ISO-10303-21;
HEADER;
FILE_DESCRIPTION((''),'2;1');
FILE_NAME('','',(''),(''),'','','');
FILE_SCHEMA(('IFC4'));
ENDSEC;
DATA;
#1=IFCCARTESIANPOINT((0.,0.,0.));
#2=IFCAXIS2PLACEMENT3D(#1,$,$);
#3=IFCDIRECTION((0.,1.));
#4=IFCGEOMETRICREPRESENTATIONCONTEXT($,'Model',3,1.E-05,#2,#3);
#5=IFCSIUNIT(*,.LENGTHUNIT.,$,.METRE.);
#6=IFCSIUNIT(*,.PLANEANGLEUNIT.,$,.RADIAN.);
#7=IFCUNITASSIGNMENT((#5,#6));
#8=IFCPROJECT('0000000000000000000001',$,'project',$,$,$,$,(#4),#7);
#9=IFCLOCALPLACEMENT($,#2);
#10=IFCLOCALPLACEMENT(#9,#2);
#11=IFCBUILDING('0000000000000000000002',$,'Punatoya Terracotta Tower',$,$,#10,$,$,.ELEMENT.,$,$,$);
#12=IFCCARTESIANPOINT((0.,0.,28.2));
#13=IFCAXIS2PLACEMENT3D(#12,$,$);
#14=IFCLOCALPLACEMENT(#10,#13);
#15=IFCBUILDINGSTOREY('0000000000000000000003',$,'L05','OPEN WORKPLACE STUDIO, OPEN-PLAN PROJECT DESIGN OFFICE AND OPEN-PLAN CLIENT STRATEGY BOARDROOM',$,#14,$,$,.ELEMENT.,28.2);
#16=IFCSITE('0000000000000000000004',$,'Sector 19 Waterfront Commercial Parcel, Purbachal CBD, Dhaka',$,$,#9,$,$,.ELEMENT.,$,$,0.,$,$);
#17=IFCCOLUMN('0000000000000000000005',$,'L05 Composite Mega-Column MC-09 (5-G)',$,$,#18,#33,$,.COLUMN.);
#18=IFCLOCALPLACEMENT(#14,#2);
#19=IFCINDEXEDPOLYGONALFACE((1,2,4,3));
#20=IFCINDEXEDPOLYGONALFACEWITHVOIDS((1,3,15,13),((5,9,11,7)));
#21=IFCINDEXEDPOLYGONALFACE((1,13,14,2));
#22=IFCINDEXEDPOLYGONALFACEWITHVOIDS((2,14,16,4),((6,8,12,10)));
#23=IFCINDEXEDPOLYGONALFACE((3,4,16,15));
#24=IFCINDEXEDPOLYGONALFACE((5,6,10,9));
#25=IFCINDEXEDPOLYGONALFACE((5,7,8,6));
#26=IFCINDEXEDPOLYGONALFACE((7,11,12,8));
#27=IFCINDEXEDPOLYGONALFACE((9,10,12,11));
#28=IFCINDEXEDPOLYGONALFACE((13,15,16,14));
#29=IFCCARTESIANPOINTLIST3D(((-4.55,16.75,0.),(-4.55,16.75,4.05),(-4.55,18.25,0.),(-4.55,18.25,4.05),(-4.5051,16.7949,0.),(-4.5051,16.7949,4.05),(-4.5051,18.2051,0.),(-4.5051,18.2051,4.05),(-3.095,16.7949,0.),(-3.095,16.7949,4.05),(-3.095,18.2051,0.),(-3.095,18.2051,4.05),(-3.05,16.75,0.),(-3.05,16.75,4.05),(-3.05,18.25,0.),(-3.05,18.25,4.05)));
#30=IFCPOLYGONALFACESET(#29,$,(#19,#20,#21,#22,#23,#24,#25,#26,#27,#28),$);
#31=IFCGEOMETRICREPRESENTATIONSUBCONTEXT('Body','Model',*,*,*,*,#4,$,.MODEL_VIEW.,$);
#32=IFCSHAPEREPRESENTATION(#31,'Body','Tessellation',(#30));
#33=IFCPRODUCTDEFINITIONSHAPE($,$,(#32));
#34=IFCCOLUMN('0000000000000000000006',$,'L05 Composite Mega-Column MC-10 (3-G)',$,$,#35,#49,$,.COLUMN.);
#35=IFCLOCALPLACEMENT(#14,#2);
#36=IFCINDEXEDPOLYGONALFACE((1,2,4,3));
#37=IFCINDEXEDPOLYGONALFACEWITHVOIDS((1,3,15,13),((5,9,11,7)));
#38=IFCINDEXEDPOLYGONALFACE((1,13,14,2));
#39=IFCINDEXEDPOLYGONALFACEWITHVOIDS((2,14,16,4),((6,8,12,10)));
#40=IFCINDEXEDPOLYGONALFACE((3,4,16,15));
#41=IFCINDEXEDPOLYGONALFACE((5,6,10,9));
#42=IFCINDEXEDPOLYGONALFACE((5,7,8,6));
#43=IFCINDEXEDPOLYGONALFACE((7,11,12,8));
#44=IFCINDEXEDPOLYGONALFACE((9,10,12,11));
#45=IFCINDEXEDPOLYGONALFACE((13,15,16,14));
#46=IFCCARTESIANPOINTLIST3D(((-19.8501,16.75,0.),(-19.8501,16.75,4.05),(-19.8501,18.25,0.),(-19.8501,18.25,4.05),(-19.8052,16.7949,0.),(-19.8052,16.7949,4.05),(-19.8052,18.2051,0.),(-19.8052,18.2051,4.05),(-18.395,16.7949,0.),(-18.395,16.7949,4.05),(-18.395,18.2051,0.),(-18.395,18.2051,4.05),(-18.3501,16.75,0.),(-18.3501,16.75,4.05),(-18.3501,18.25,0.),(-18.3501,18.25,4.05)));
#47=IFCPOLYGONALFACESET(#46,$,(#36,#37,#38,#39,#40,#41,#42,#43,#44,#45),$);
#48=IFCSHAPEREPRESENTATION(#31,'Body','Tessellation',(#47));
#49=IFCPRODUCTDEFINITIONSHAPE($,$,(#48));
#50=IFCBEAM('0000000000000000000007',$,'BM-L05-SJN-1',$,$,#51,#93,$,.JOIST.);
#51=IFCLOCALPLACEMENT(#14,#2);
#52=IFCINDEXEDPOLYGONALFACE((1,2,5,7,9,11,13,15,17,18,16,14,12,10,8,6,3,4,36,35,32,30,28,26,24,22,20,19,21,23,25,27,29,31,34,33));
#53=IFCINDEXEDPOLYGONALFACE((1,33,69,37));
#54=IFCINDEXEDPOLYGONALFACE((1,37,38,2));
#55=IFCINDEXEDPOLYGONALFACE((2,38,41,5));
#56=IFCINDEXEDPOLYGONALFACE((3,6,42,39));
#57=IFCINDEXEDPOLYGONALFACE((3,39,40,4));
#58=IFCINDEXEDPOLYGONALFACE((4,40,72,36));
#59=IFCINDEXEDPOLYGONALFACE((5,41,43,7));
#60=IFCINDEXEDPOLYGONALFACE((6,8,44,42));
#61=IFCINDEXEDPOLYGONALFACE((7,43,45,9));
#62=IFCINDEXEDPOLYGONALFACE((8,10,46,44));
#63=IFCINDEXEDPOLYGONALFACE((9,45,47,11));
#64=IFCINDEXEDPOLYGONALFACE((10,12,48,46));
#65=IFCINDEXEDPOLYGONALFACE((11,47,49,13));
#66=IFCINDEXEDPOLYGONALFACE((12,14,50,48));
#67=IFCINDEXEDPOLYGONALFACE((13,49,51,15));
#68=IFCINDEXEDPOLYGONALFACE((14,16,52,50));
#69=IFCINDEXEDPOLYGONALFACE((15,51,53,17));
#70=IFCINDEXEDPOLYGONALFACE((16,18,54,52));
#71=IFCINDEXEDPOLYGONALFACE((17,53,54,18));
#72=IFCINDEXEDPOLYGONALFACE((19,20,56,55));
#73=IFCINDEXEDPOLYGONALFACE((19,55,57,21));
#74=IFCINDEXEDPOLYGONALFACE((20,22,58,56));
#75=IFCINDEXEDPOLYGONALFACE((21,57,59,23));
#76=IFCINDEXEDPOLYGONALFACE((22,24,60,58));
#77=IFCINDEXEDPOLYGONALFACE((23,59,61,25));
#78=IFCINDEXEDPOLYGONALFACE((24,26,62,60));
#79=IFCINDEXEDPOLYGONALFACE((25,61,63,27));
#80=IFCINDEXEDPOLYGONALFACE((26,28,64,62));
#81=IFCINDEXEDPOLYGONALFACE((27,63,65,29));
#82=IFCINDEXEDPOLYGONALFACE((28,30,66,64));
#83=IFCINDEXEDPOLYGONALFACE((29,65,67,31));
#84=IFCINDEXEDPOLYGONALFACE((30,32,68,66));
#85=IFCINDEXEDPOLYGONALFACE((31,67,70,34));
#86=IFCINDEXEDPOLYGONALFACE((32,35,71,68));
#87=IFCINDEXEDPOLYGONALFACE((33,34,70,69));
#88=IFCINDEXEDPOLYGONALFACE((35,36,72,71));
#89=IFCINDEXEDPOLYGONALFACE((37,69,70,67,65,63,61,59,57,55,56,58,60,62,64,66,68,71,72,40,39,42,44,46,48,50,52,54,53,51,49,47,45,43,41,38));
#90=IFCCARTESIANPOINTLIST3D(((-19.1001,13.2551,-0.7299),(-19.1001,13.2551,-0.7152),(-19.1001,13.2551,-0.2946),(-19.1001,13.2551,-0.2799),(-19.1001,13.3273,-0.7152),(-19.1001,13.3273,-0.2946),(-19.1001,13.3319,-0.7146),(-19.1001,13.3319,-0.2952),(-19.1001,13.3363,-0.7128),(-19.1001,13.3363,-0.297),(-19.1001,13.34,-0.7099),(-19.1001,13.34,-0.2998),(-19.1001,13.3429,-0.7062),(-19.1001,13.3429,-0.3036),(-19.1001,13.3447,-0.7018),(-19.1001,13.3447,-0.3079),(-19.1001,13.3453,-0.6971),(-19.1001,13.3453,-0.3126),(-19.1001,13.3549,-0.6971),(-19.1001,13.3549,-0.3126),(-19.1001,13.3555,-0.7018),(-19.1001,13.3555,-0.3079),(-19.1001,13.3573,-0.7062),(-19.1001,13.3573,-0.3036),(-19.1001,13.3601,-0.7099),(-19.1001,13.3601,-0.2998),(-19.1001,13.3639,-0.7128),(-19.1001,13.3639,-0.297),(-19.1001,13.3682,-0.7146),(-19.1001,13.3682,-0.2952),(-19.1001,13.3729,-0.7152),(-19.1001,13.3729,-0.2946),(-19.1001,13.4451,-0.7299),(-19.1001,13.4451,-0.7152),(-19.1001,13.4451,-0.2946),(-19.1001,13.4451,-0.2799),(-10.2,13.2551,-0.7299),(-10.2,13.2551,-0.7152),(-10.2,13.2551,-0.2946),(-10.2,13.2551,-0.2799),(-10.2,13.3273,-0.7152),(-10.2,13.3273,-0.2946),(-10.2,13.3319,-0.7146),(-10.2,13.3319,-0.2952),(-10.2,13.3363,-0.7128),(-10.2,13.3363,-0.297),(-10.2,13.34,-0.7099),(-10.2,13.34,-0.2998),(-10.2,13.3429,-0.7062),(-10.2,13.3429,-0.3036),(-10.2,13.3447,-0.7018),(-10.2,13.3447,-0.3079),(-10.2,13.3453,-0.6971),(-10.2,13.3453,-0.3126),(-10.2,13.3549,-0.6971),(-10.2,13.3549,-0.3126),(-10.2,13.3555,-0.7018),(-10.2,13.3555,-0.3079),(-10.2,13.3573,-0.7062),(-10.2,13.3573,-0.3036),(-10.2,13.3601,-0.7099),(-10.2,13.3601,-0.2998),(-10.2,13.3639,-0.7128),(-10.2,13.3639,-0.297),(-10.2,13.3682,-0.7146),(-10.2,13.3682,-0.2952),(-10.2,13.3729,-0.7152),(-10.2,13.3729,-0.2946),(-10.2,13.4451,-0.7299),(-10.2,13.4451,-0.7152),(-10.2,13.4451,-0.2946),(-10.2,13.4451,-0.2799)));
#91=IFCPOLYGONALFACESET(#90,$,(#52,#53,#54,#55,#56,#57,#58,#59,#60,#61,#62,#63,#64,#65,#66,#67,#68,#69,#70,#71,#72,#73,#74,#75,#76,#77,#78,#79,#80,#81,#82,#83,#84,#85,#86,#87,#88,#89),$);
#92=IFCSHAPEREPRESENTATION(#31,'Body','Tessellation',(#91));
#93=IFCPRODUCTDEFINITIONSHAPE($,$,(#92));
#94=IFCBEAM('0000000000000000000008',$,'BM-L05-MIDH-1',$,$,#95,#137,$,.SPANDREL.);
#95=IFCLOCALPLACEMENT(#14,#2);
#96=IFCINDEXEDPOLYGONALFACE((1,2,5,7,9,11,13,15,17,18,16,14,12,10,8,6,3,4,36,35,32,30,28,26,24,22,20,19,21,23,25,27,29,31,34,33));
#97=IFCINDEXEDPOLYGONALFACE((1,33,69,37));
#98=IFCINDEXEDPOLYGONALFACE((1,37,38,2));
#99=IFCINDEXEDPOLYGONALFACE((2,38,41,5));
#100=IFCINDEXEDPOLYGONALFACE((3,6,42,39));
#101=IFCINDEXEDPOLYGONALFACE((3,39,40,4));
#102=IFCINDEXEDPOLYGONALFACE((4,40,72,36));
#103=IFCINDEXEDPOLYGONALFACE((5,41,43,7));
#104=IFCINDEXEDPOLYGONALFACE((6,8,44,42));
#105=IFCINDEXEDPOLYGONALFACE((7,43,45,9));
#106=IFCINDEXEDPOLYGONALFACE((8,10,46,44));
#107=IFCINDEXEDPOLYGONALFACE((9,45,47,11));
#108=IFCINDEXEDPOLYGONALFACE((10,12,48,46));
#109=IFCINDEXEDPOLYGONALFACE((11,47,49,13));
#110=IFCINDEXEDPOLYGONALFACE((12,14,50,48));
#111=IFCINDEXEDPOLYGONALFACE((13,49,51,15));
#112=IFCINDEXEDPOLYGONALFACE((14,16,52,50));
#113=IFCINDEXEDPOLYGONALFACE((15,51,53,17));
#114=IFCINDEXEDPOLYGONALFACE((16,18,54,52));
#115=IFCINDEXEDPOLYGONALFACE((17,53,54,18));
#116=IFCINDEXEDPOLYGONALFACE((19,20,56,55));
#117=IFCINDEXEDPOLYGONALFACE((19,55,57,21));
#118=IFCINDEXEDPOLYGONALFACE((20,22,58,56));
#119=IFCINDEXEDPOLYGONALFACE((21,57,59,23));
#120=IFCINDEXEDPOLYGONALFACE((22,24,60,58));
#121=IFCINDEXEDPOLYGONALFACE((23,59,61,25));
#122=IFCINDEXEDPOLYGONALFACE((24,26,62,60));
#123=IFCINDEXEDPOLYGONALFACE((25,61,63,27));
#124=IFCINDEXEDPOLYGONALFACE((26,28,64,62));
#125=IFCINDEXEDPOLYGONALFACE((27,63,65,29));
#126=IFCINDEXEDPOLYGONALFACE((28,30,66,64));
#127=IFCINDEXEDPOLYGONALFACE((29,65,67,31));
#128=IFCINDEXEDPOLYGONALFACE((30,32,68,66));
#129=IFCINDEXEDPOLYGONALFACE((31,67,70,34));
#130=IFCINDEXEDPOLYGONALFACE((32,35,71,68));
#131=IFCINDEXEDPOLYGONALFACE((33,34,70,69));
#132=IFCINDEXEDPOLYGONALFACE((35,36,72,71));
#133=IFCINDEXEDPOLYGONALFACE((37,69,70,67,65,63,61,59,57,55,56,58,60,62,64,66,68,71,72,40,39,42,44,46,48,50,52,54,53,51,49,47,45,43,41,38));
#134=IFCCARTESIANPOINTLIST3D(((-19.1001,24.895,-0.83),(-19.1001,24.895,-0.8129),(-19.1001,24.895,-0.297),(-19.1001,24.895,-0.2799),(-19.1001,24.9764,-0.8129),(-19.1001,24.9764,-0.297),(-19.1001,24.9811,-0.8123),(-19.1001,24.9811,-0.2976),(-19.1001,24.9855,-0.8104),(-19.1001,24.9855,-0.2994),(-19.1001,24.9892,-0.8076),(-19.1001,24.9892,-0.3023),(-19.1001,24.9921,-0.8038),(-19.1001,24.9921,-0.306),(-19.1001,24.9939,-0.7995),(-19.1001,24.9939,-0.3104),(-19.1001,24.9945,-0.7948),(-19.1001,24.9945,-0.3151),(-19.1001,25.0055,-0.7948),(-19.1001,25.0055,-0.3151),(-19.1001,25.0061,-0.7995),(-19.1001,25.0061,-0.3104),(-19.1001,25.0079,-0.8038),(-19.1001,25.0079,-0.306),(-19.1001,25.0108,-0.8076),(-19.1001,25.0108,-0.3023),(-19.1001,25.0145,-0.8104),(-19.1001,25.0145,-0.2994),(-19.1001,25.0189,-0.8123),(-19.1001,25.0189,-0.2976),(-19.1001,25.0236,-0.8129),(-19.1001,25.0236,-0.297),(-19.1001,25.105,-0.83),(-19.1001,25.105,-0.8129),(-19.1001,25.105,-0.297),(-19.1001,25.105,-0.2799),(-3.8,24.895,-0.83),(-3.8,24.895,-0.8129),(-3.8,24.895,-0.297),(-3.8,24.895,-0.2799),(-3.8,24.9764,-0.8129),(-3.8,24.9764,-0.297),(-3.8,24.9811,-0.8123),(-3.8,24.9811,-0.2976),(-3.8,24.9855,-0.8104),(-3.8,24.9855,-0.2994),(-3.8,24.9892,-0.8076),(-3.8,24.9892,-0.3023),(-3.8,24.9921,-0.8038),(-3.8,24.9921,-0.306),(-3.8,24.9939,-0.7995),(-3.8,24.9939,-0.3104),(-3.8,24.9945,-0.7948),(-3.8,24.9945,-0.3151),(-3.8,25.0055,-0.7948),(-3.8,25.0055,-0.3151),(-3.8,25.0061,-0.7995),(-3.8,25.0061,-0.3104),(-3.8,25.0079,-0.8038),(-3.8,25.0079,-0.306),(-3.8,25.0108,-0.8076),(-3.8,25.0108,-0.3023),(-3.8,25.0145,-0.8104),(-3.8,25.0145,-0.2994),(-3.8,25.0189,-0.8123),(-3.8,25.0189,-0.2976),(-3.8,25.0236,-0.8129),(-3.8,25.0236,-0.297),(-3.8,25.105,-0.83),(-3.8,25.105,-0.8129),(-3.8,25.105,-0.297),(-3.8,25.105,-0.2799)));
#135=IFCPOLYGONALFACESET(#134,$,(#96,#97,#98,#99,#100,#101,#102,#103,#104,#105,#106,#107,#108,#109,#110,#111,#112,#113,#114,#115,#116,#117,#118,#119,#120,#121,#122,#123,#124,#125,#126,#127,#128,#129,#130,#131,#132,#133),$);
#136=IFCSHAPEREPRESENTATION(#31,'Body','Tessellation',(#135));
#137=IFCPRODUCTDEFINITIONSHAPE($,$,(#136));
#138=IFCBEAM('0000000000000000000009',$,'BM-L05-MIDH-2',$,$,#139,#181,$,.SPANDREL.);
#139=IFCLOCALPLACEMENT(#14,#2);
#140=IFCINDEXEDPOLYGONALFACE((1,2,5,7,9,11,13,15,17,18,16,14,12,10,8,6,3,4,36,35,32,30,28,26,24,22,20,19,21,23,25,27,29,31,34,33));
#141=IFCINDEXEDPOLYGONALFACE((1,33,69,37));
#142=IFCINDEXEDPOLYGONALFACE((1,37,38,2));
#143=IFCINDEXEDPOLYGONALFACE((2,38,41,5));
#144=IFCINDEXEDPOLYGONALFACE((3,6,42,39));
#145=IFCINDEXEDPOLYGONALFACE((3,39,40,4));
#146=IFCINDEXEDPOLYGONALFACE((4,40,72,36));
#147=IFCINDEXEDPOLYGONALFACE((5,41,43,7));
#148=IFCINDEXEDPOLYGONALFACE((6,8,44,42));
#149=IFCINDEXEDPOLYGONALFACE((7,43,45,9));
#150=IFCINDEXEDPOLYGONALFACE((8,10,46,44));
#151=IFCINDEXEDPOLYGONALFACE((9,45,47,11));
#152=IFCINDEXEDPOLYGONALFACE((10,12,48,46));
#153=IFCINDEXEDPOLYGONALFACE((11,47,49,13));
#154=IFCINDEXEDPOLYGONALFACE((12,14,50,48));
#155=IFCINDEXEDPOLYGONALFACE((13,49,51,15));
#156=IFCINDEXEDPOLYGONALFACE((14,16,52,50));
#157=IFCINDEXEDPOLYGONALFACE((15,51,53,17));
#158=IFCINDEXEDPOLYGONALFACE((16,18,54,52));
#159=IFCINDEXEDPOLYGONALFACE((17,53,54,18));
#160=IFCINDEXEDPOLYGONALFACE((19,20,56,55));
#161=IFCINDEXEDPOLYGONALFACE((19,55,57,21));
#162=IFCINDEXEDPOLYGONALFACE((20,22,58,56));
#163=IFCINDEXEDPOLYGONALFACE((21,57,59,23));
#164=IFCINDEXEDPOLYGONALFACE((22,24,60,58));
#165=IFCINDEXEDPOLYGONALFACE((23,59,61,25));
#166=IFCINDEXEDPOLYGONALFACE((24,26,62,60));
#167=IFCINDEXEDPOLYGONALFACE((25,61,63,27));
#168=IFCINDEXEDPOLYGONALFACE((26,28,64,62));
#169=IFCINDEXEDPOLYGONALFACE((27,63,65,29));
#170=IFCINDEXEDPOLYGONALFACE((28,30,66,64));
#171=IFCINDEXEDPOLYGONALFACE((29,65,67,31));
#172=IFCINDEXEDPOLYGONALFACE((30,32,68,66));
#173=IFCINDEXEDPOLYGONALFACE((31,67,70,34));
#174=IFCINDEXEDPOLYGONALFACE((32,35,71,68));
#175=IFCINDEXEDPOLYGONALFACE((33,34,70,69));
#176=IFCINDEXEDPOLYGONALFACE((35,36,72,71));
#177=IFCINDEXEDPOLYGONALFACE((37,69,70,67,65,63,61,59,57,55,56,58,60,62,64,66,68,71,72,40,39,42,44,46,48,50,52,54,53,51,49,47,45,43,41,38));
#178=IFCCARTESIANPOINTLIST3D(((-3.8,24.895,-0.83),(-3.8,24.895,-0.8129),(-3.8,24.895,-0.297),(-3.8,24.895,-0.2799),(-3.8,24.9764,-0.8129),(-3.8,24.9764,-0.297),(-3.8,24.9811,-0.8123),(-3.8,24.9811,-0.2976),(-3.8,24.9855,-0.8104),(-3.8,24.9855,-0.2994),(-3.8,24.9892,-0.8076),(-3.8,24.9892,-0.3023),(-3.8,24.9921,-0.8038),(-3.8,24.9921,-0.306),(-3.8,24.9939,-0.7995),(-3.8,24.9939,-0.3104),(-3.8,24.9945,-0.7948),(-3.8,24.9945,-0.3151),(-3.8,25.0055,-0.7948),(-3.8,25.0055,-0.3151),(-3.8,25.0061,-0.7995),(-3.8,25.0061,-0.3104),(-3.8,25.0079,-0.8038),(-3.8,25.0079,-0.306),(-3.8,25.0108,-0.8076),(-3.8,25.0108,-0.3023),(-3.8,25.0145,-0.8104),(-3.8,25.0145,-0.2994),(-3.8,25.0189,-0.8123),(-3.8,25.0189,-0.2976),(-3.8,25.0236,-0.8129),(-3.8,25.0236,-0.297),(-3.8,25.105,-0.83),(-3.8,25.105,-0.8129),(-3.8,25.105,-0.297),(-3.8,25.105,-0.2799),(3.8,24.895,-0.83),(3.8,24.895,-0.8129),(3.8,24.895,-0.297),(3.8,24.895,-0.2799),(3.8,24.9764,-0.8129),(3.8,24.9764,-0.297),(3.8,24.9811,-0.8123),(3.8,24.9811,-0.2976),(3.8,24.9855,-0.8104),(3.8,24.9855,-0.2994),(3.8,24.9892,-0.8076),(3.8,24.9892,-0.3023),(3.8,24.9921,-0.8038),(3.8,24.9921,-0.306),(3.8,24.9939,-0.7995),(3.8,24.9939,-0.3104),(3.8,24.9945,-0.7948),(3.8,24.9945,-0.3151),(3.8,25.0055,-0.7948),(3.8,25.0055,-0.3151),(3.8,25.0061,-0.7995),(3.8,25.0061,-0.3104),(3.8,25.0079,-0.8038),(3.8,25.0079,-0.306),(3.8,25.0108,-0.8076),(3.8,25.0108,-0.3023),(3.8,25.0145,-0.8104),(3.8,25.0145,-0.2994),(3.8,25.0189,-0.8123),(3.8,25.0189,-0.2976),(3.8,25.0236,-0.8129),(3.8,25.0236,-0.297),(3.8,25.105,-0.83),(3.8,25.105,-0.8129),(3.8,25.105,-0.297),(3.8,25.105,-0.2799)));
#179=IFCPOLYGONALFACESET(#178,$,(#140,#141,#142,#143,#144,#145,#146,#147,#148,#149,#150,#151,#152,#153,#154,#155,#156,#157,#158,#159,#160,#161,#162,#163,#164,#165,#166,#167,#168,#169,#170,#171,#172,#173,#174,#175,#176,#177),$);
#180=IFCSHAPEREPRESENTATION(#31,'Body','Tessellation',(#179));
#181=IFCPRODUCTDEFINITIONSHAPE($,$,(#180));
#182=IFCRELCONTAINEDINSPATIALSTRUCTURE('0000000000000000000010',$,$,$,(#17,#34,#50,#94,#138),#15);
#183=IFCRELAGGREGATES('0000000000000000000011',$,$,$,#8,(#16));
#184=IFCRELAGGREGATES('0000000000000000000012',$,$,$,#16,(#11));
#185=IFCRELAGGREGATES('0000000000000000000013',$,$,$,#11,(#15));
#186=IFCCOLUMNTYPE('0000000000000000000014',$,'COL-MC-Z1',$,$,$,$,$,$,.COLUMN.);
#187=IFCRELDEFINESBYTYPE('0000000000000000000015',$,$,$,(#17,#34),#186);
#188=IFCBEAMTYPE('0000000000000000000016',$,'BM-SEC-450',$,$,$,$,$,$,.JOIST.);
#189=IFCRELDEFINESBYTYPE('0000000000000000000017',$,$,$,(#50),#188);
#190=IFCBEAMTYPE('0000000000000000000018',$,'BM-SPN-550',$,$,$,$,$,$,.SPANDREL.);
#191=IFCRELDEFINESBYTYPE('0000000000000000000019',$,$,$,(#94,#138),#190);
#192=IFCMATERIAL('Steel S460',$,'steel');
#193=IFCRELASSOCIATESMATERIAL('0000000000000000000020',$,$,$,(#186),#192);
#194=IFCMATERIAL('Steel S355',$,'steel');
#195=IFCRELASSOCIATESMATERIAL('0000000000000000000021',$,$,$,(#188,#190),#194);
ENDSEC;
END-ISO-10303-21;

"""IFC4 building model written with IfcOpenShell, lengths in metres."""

from ifc_helpers import new_model, si_unit, direction, frame, origin, origin_2d, place, context, subcontext, project, spatial, hollow_rectangle, i_section, extrude, material, material_profile, profile_set, type_object, element, save


model = new_model("IFC4")

# Units and contexts
model_context = context("Model", 3, precision=1e-05, world=origin(), true_north=direction((0.0, 1.0)))
body_context = subcontext(model_context, "Body", "Model", "MODEL_VIEW")
ifc_project = project(units=[si_unit("LENGTHUNIT", "METRE"), si_unit("PLANEANGLEUNIT", "RADIAN")], contexts=[model_context])

# Site, building, storey
site_placement = place(None, origin())
site = spatial("IfcSite", under=ifc_project, at=site_placement, Name="Sector 19 Waterfront Commercial Parcel, Purbachal CBD, Dhaka", CompositionType="ELEMENT", RefElevation=0.0)
building_placement = place(site_placement, origin())
building = spatial("IfcBuilding", under=site, at=building_placement, Name="Punatoya Terracotta Tower", CompositionType="ELEMENT")
storey_placement = place(building_placement, frame((0.0, 0.0, 28.2)))
storey = spatial("IfcBuildingStorey", under=building, at=storey_placement, Name="L05", Description="OPEN WORKPLACE STUDIO, OPEN-PLAN PROJECT DESIGN OFFICE AND OPEN-PLAN CLIENT STRATEGY BOARDROOM", CompositionType="ELEMENT", Elevation=28.2)

# Columns
ifc_material_1 = material(Name="Steel S460", Category="steel")
ifc_material_profile_1 = material_profile(ifc_material_1, hollow_rectangle(XDim=1.5, YDim=1.5, WallThickness=0.0449, at=origin_2d()))
ifc_profile_set_1 = profile_set([ifc_material_profile_1], Name="Steel S460")
column_type = type_object("IfcColumnType", Name="COL-MC-Z1", PredefinedType="COLUMN", material=ifc_profile_set_1)
for number, where, z_axis, x_axis, name in (
    (1, (-3.8, 17.5, 0.0), (0.0, 0.0, 1.0), (1.0, 0.0, 0.0), "L05 Composite Mega-Column MC-09 (5-G)"),
    (2, (-19.1001, 17.5, 0.0), (0.0, 0.0, 1.0), (1.0, 0.0, 0.0), "L05 Composite Mega-Column MC-10 (3-G)"),
):
    element("IfcColumn", number, at=place(storey_placement, frame(where, z_axis=z_axis, x_axis=x_axis)), inside=storey, type_object=column_type, Name=name, PredefinedType="COLUMN", context=body_context, shape_type="SweptSolid", body=[
        extrude(hollow_rectangle(XDim=1.5, YDim=1.5, WallThickness=0.0449, at=origin_2d()), origin(), (0.0, 0.0, 1.0), 4.05),
    ])

# Beams
ifc_material_2 = material(Name="Steel S355", Category="steel")
ifc_material_profile_2 = material_profile(ifc_material_2, i_section(OverallWidth=0.1899, OverallDepth=0.45, WebThickness=0.0095, FlangeThickness=0.0146, FilletRadius=0.0181, at=origin_2d()))
ifc_profile_set_2 = profile_set([ifc_material_profile_2], Name="Steel S355")
beam_type_1 = type_object("IfcBeamType", Name="BM-SEC-450", PredefinedType="JOIST", material=ifc_profile_set_2)
beam_1_placement = place(storey_placement, frame((-19.1001, 13.3501, -0.5049), z_axis=(1.0, 0.0, 0.0), x_axis=(0.0, 1.0, 0.0)))
element("IfcBeam", 3, at=beam_1_placement, inside=storey, type_object=beam_type_1, Name="BM-L05-SJN-1", PredefinedType="JOIST", context=body_context, shape_type="SweptSolid", body=[
    extrude(i_section(OverallWidth=0.1899, OverallDepth=0.45, WebThickness=0.0095, FlangeThickness=0.0146, FilletRadius=0.0181, at=origin_2d()), origin(), (0.0, 0.0, 1.0), 8.9001),
])
ifc_material_profile_3 = material_profile(ifc_material_2, i_section(OverallWidth=0.21, OverallDepth=0.55, WebThickness=0.011, FlangeThickness=0.0171, FilletRadius=0.0181, at=origin_2d()))
ifc_profile_set_3 = profile_set([ifc_material_profile_3], Name="Steel S355")
beam_type_2 = type_object("IfcBeamType", Name="BM-SPN-550", PredefinedType="SPANDREL", material=ifc_profile_set_3)
beam_2_placement = place(storey_placement, frame((-19.1001, 25.0, -0.5549), z_axis=(1.0, 0.0, 0.0), x_axis=(0.0, 1.0, 0.0)))
element("IfcBeam", 4, at=beam_2_placement, inside=storey, type_object=beam_type_2, Name="BM-L05-MIDH-1", PredefinedType="SPANDREL", context=body_context, shape_type="SweptSolid", body=[
    extrude(i_section(OverallWidth=0.21, OverallDepth=0.55, WebThickness=0.011, FlangeThickness=0.0171, FilletRadius=0.0181, at=origin_2d()), origin(), (0.0, 0.0, 1.0), 15.3),
])
beam_3_placement = place(storey_placement, frame((-3.8, 25.0, -0.5549), z_axis=(1.0, 0.0, 0.0), x_axis=(0.0, 1.0, 0.0)))
element("IfcBeam", 5, at=beam_3_placement, inside=storey, type_object=beam_type_2, Name="BM-L05-MIDH-2", PredefinedType="SPANDREL", context=body_context, shape_type="SweptSolid", body=[
    extrude(i_section(OverallWidth=0.21, OverallDepth=0.55, WebThickness=0.011, FlangeThickness=0.0171, FilletRadius=0.0181, at=origin_2d()), origin(), (0.0, 0.0, 1.0), 7.6001),
])

save(model, "model.ifc")
